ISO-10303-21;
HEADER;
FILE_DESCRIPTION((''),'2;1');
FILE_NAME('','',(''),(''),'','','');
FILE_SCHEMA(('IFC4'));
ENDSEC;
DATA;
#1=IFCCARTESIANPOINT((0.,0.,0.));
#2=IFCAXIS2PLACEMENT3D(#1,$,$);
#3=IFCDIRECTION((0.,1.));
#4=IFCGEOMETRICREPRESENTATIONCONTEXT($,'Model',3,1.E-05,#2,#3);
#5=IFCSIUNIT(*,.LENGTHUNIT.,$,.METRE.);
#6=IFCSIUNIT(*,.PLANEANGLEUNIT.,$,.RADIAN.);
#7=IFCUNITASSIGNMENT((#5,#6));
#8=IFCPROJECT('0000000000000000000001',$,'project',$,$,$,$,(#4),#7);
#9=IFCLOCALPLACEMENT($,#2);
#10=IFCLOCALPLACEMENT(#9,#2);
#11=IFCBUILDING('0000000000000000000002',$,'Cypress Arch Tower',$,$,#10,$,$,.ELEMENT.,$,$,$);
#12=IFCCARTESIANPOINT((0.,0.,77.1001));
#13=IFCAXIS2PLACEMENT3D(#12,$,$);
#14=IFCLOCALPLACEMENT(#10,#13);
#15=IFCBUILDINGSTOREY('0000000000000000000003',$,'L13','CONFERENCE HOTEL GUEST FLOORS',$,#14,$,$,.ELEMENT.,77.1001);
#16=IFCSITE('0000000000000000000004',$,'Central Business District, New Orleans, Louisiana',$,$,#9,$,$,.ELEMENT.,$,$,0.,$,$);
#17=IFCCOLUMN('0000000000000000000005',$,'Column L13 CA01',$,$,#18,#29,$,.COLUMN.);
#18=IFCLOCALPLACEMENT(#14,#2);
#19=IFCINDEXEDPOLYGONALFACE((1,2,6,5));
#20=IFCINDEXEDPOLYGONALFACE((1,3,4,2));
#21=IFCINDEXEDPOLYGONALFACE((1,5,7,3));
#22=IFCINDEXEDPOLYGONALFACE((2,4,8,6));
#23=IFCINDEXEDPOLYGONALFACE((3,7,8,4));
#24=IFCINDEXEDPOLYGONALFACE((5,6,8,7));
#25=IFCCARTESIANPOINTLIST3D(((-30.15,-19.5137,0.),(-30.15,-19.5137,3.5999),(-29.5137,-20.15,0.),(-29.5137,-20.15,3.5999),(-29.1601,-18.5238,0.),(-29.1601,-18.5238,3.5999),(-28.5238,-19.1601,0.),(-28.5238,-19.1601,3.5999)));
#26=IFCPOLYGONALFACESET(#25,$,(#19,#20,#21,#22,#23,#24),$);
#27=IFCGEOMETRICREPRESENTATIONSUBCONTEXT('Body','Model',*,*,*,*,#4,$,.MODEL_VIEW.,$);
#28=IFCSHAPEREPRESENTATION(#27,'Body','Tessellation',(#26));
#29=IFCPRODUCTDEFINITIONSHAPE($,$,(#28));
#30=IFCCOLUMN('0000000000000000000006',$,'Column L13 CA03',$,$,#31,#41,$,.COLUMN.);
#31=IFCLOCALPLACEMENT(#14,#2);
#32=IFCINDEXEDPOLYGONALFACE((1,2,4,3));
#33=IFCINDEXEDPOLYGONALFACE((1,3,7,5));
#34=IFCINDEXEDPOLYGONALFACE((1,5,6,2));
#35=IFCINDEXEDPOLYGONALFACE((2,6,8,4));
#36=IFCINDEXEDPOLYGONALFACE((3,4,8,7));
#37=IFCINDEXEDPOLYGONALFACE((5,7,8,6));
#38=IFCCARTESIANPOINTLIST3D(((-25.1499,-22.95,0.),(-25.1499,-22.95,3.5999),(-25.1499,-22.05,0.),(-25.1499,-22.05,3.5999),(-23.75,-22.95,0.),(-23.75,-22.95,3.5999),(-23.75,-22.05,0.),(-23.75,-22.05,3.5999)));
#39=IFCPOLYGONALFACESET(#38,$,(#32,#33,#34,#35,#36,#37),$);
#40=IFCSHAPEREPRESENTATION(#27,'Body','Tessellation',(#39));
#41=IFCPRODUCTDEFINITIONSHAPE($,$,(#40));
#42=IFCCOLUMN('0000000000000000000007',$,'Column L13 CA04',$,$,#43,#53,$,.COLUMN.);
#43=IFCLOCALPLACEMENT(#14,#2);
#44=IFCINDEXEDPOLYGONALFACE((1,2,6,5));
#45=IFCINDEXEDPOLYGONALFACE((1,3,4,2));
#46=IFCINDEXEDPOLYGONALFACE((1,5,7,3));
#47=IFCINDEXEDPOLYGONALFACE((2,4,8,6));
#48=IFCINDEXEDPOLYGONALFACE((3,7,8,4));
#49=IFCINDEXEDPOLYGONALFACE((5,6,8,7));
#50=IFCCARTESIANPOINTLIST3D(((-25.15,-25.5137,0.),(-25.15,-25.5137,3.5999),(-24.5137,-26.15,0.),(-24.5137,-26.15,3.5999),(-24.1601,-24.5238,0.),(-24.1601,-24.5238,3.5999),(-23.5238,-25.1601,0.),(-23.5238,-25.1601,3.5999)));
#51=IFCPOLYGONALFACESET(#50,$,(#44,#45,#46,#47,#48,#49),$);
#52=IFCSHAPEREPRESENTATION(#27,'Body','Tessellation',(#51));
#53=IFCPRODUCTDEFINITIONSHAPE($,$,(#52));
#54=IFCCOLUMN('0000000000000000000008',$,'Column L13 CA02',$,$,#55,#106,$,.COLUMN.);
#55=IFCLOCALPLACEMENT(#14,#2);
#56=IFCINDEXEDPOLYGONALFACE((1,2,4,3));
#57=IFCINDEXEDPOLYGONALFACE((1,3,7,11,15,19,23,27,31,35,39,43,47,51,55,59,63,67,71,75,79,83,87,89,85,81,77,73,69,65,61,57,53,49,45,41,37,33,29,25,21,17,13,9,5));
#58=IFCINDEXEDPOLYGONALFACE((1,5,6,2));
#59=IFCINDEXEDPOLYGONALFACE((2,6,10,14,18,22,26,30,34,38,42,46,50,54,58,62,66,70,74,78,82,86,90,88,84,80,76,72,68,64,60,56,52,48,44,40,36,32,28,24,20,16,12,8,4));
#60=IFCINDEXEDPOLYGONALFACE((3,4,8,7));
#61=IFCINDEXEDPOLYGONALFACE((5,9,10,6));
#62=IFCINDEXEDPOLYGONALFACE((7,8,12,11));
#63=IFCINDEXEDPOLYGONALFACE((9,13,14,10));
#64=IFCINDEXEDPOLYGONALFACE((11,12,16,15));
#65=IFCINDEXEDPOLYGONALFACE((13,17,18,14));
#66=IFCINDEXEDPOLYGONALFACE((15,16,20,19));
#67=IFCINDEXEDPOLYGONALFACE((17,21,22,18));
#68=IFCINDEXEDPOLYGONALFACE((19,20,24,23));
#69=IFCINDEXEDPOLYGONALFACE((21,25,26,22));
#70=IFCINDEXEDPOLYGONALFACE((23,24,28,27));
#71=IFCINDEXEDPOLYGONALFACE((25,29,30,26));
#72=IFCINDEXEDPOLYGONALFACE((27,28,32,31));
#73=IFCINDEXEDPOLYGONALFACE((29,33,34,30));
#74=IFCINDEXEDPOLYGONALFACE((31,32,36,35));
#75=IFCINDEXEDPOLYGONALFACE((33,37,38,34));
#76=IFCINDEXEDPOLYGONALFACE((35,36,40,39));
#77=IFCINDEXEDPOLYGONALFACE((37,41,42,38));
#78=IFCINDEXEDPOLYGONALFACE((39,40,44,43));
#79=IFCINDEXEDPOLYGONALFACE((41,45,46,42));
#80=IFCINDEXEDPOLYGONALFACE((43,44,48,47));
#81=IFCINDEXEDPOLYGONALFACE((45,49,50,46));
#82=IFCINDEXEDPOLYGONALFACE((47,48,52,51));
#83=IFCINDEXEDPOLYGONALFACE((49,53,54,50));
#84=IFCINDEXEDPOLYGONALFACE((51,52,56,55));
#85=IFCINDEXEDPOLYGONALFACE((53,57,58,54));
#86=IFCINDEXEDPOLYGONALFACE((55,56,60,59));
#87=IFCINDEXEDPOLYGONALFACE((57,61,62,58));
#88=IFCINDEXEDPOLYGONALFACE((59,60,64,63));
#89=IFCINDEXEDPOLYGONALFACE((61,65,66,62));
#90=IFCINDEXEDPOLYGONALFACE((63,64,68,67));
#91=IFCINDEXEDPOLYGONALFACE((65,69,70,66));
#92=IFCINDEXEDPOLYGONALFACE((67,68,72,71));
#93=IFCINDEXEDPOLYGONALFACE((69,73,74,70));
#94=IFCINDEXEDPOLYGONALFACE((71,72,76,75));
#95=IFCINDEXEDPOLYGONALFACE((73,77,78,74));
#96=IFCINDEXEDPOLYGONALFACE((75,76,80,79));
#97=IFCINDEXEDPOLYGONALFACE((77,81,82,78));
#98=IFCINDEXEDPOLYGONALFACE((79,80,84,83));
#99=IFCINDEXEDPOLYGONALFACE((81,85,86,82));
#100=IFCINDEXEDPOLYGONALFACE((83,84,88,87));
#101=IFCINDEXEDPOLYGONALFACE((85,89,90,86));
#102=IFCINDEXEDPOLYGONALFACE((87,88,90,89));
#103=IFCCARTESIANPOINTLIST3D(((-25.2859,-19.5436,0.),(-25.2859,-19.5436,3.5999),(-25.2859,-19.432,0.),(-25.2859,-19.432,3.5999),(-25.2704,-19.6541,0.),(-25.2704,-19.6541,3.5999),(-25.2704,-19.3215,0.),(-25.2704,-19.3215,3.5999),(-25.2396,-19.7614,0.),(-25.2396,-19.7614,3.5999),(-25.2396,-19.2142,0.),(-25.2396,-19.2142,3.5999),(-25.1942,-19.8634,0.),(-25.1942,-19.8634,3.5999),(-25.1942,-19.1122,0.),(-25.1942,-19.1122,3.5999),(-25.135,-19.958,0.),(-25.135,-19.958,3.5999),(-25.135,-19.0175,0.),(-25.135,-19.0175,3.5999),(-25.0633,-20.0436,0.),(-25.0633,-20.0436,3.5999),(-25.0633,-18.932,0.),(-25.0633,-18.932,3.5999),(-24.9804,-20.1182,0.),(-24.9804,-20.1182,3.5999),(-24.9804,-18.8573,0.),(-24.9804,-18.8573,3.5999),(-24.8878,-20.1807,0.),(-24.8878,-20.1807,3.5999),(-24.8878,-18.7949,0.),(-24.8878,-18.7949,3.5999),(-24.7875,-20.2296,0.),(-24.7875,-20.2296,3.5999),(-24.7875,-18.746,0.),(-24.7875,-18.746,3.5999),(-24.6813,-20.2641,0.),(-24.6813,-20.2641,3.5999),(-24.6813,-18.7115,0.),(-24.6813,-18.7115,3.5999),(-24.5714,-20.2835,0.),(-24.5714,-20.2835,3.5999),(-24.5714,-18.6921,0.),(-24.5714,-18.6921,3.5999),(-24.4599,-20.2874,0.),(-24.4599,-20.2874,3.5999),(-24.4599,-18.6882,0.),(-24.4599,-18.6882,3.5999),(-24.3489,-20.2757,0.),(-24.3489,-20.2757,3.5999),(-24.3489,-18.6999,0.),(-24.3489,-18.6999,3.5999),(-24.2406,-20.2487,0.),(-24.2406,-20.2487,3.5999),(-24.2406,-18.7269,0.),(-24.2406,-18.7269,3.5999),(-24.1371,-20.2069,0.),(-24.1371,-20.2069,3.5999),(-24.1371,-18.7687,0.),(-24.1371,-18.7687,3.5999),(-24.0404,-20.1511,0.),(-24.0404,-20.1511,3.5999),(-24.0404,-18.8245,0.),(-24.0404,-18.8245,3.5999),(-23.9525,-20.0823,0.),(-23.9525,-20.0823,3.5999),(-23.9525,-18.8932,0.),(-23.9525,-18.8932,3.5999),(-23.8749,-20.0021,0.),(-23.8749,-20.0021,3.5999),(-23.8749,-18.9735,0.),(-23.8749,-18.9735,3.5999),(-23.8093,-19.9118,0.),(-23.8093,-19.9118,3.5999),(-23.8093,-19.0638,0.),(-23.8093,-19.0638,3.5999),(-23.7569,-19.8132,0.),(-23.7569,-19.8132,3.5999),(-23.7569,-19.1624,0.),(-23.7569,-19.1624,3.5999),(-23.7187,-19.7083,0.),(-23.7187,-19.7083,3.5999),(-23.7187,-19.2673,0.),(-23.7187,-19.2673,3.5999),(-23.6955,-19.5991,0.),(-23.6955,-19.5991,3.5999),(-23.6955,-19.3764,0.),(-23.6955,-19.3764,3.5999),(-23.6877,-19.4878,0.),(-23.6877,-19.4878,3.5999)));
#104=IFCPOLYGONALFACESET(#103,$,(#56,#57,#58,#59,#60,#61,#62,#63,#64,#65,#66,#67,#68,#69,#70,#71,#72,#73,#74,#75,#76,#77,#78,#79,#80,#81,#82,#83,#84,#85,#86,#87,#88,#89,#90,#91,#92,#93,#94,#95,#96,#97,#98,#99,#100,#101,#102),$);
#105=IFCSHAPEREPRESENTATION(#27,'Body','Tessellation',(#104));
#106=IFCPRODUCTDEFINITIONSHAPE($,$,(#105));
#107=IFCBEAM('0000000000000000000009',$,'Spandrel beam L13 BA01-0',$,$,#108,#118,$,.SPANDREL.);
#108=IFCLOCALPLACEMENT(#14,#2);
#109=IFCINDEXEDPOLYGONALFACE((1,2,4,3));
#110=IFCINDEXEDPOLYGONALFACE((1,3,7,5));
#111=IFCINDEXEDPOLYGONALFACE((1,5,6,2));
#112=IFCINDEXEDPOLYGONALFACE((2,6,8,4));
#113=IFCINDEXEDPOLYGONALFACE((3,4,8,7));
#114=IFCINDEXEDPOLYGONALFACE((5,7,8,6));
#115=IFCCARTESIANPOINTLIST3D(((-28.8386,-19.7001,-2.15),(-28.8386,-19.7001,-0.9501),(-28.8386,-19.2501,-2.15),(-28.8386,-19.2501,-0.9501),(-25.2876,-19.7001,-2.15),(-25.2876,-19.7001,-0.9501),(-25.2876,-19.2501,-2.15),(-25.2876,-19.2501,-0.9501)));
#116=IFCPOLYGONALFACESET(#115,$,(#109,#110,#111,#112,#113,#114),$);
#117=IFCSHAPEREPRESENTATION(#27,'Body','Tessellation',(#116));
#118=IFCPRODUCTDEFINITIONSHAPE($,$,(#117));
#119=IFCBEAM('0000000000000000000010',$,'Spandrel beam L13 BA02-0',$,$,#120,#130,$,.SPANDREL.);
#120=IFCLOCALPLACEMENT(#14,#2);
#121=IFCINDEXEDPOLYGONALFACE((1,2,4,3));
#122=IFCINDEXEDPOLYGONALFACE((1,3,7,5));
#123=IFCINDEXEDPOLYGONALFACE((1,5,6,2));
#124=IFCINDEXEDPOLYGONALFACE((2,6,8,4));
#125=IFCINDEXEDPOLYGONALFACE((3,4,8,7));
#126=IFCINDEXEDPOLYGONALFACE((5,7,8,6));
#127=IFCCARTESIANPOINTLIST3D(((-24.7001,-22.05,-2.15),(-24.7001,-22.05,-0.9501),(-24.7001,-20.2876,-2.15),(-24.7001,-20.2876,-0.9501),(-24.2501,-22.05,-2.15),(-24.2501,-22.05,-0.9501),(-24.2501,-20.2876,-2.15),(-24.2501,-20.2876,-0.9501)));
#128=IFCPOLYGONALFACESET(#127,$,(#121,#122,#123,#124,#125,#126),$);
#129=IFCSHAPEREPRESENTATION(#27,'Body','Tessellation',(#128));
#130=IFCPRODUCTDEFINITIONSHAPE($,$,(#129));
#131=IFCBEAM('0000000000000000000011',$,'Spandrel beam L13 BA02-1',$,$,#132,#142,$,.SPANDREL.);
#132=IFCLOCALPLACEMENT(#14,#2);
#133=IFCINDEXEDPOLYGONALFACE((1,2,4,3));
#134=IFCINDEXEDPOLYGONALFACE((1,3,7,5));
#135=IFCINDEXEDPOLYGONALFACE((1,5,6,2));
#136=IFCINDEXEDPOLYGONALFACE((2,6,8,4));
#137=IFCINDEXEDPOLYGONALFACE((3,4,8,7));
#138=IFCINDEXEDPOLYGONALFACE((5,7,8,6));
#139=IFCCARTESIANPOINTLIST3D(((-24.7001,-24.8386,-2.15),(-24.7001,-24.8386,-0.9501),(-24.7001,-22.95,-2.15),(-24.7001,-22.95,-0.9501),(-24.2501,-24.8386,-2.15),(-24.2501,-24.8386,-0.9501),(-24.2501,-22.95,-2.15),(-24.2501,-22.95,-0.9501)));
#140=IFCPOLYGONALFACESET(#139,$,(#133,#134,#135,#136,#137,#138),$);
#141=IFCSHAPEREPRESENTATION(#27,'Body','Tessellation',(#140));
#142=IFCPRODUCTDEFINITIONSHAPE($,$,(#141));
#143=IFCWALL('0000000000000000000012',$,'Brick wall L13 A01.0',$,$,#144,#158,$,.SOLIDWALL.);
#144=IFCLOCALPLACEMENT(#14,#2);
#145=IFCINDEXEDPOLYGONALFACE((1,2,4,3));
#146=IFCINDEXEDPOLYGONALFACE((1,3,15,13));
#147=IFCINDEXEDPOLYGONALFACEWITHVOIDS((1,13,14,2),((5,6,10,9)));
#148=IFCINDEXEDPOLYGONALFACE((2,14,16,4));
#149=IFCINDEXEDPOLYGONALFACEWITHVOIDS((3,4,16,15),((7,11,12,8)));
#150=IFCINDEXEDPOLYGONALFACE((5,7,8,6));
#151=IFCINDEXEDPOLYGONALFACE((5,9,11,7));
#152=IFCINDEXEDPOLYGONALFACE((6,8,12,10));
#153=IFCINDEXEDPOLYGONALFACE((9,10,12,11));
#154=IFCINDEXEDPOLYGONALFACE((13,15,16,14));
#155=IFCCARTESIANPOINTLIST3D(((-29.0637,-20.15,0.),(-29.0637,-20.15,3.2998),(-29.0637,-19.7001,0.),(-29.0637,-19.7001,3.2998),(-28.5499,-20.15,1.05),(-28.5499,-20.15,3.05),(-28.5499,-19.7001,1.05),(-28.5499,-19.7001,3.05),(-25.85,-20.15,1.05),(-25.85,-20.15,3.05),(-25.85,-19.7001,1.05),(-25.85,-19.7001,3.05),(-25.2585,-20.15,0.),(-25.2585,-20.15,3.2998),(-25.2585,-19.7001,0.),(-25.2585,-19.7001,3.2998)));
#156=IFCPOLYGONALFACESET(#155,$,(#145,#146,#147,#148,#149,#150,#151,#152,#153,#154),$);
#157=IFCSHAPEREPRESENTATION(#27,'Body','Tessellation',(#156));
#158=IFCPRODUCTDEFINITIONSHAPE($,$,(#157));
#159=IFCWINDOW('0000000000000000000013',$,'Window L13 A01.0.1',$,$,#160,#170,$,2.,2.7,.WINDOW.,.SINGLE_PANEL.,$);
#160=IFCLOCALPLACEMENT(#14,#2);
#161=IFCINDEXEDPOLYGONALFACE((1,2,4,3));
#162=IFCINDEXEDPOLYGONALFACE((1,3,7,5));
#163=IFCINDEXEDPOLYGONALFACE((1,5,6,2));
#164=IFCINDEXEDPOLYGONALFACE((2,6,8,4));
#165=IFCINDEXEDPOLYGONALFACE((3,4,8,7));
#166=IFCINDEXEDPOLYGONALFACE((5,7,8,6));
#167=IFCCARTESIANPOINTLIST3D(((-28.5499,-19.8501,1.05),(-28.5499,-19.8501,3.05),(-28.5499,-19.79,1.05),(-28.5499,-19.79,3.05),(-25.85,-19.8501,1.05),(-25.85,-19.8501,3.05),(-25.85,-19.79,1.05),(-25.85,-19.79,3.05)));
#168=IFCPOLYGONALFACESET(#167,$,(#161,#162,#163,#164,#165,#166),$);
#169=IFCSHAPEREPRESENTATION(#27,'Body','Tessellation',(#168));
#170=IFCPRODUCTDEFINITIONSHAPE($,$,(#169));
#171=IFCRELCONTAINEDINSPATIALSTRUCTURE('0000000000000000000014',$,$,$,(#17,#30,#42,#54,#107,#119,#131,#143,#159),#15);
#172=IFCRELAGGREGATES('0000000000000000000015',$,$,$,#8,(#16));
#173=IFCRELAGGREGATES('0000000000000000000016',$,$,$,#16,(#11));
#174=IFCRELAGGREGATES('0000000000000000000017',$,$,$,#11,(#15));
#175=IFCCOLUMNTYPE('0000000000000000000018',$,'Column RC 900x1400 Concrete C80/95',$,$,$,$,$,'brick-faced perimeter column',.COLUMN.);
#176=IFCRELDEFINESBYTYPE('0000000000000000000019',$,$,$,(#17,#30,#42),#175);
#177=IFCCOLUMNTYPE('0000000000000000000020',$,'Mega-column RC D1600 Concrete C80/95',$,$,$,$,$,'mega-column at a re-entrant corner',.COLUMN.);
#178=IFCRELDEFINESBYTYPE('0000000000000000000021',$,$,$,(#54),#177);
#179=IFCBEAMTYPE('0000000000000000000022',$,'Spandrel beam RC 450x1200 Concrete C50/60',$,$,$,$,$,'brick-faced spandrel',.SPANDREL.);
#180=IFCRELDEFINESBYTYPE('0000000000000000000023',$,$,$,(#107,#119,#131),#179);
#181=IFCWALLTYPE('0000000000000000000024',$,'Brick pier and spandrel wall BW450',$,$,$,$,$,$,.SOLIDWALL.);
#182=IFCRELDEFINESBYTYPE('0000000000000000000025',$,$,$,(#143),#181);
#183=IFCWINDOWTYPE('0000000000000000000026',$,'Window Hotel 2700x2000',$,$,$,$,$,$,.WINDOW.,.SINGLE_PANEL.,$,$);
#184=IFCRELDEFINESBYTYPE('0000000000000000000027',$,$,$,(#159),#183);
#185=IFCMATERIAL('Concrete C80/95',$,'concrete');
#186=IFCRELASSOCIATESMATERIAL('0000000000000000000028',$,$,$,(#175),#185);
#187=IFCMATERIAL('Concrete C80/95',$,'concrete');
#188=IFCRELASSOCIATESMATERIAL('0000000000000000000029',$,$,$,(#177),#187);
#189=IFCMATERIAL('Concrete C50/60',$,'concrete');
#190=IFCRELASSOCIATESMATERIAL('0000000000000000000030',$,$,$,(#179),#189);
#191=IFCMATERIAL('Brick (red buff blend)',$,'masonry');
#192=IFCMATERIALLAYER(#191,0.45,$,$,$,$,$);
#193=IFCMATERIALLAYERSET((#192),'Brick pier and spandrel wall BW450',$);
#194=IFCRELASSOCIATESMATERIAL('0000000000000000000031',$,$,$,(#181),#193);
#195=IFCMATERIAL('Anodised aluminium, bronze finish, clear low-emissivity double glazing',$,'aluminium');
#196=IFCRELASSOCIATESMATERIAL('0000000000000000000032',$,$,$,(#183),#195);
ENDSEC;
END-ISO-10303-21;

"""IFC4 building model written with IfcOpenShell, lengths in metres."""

from ifc_helpers import new_model, si_unit, direction, frame, frame_2d, origin, origin_2d, place, context, subcontext, project, spatial, rectangle, circle, extrude, material, layer, layer_set, material_profile, profile_set, type_object, element, fill, save


model = new_model("IFC4")

# Units and contexts
model_context = context("Model", 3, precision=1e-05, world=origin(), true_north=direction((0.0, 1.0)))
body_context = subcontext(model_context, "Body", "Model", "MODEL_VIEW")
ifc_project = project(units=[si_unit("LENGTHUNIT", "METRE"), si_unit("PLANEANGLEUNIT", "RADIAN")], contexts=[model_context])

# Site, building, storey
site_placement = place(None, origin())
site = spatial("IfcSite", under=ifc_project, at=site_placement, Name="Central Business District, New Orleans, Louisiana", CompositionType="ELEMENT", RefElevation=0.0)
building_placement = place(site_placement, origin())
building = spatial("IfcBuilding", under=site, at=building_placement, Name="Cypress Arch Tower", CompositionType="ELEMENT")
storey_placement = place(building_placement, frame((0.0, 0.0, 77.1001)))
storey = spatial("IfcBuildingStorey", under=building, at=storey_placement, Name="L13", Description="CONFERENCE HOTEL GUEST FLOORS", CompositionType="ELEMENT", Elevation=77.1001)

# Columns
ifc_material_1 = material(Name="Concrete C80/95", Category="concrete")
ifc_material_profile_1 = material_profile(ifc_material_1, rectangle(XDim=0.8999, YDim=1.3999, at=origin_2d()), Name="RC 900x1400")
ifc_profile_set_1 = profile_set([ifc_material_profile_1], Name="Concrete C80/95")
column_type_1 = type_object("IfcColumnType", Name="Column RC 900x1400 Concrete C80/95", ElementType="brick-faced perimeter column", PredefinedType="COLUMN", material=ifc_profile_set_1)
for number, where, z_axis, x_axis, name in (
    (1, (-29.3369, -19.3369, 0.0), (0.0, 0.0, 1.0), (0.707107, -0.707107, 0.0), "Column L13 CA01"),
    (2, (-24.45, -22.5, 0.0), (0.0, 0.0, 1.0), (0.0, -1.0, 0.0), "Column L13 CA03"),
    (3, (-24.3369, -25.3369, 0.0), (0.0, 0.0, 1.0), (0.707107, -0.707107, 0.0), "Column L13 CA04"),
):
    element("IfcColumn", number, at=place(storey_placement, frame(where, z_axis=z_axis, x_axis=x_axis)), inside=storey, type_object=column_type_1, Name=name, PredefinedType="COLUMN", context=body_context, shape_type="SweptSolid", body=[
        extrude(rectangle(XDim=0.8999, YDim=1.3999, at=origin_2d()), origin(), (0.0, 0.0, 1.0), 3.5999),
    ])
ifc_material_2 = material(Name="Concrete C80/95", Category="concrete")
ifc_material_profile_2 = material_profile(ifc_material_2, circle(Radius=0.8, at=origin_2d()), Name="RC D1600")
ifc_profile_set_2 = profile_set([ifc_material_profile_2], Name="Concrete C80/95")
column_type_2 = type_object("IfcColumnType", Name="Mega-column RC D1600 Concrete C80/95", ElementType="mega-column at a re-entrant corner", PredefinedType="COLUMN", material=ifc_profile_set_2)
column_placement = place(storey_placement, frame((-24.4878, -19.4878, 0.0), z_axis=(0.0, 0.0, 1.0), x_axis=(1.0, 0.0, 0.0)))
element("IfcColumn", 4, at=column_placement, inside=storey, type_object=column_type_2, Name="Column L13 CA02", PredefinedType="COLUMN", context=body_context, shape_type="SweptSolid", body=[
    extrude(circle(Radius=0.8, at=origin_2d()), origin(), (0.0, 0.0, 1.0), 3.5999),
])

# Beams
ifc_material_3 = material(Name="Concrete C50/60", Category="concrete")
ifc_material_profile_3 = material_profile(ifc_material_3, rectangle(XDim=0.45, YDim=1.2, at=origin_2d()), Name="RC 450x1200")
ifc_profile_set_3 = profile_set([ifc_material_profile_3], Name="Concrete C50/60")
beam_type = type_object("IfcBeamType", Name="Spandrel beam RC 450x1200 Concrete C50/60", ElementType="brick-faced spandrel", PredefinedType="SPANDREL", material=ifc_profile_set_3)
beam_1_placement = place(storey_placement, frame((-28.8386, -19.4751, -1.55), z_axis=(1.0, 0.0, 0.0), x_axis=(0.0, 1.0, 0.0)))
element("IfcBeam", 5, at=beam_1_placement, inside=storey, type_object=beam_type, Name="Spandrel beam L13 BA01-0", PredefinedType="SPANDREL", context=body_context, shape_type="SweptSolid", body=[
    extrude(rectangle(XDim=0.45, YDim=1.2, at=origin_2d()), origin(), (0.0, 0.0, 1.0), 3.551),
])
beam_2_placement = place(storey_placement, frame((-24.4751, -20.2876, -1.55), z_axis=(0.0, -1.0, 0.0), x_axis=(1.0, 0.0, 0.0)))
element("IfcBeam", 6, at=beam_2_placement, inside=storey, type_object=beam_type, Name="Spandrel beam L13 BA02-0", PredefinedType="SPANDREL", context=body_context, shape_type="SweptSolid", body=[
    extrude(rectangle(XDim=0.45, YDim=1.2, at=origin_2d()), origin(), (0.0, 0.0, 1.0), 1.7625),
])
beam_3_placement = place(storey_placement, frame((-24.4751, -22.95, -1.55), z_axis=(0.0, -1.0, 0.0), x_axis=(1.0, 0.0, 0.0)))
element("IfcBeam", 7, at=beam_3_placement, inside=storey, type_object=beam_type, Name="Spandrel beam L13 BA02-1", PredefinedType="SPANDREL", context=body_context, shape_type="SweptSolid", body=[
    extrude(rectangle(XDim=0.45, YDim=1.2, at=origin_2d()), origin(), (0.0, 0.0, 1.0), 1.8887),
])

# Wall, opening, window
ifc_material_4 = material(Name="Brick (red buff blend)", Category="masonry")
ifc_layer_1 = layer(ifc_material_4, 0.45)
ifc_layer_set_1 = layer_set([ifc_layer_1], Name="Brick pier and spandrel wall BW450")
wall_type_1 = type_object("IfcWallType", Name="Brick pier and spandrel wall BW450", PredefinedType="SOLIDWALL", material=ifc_layer_set_1)
wall_1_placement = place(storey_placement, frame((-29.0637, -19.925, 0.0), z_axis=(0.0, 0.0, 1.0), x_axis=(1.0, 0.0, 0.0)))
wall_1 = element("IfcWall", 8, at=wall_1_placement, inside=storey, type_object=wall_type_1, Name="Brick wall L13 A01.0", PredefinedType="SOLIDWALL", context=body_context, shape_type="SweptSolid", body=[
    extrude(rectangle(XDim=3.8052, YDim=0.45, at=frame_2d((1.9026, 0.0))), origin(), (0.0, 0.0, 1.0), 3.2998),
])
opening_1_placement = place(wall_1_placement, frame((0.5137, 0.0, 1.05)))
opening_1 = element("IfcOpeningElement", 9, at=opening_1_placement, cuts=wall_1, PredefinedType="OPENING", context=body_context, shape_type="SweptSolid", body=[
    extrude(rectangle(XDim=2.7, YDim=2.0, at=frame_2d((1.3501, 1.0))), frame((0.0, 0.2349, 0.0), z_axis=(0.0, -1.0, 0.0), x_axis=(1.0, 0.0, 0.0)), (0.0, 0.0, 1.0), 0.47),
])
ifc_material_5 = material(Name="Anodised aluminium, bronze finish, clear low-emissivity double glazing", Category="aluminium")
window_type_1 = type_object("IfcWindowType", Name="Window Hotel 2700x2000", PartitioningType="SINGLE_PANEL", PredefinedType="WINDOW", material=ifc_material_5)
window_1_placement = place(opening_1_placement, origin())
window_1 = element("IfcWindow", 10, at=window_1_placement, inside=storey, type_object=window_type_1, Name="Window L13 A01.0.1", OverallHeight=2.0, OverallWidth=2.7, PartitioningType="SINGLE_PANEL", PredefinedType="WINDOW", context=body_context, shape_type="SweptSolid", body=[
    extrude(rectangle(XDim=2.7, YDim=2.0, at=frame_2d((1.3501, 1.0))), frame((0.0, 0.135, 0.0), z_axis=(0.0, -1.0, 0.0), x_axis=(1.0, 0.0, 0.0)), (0.0, 0.0, 1.0), 0.0601),
])
fill(opening_1, window_1)

save(model, "model.ifc")
